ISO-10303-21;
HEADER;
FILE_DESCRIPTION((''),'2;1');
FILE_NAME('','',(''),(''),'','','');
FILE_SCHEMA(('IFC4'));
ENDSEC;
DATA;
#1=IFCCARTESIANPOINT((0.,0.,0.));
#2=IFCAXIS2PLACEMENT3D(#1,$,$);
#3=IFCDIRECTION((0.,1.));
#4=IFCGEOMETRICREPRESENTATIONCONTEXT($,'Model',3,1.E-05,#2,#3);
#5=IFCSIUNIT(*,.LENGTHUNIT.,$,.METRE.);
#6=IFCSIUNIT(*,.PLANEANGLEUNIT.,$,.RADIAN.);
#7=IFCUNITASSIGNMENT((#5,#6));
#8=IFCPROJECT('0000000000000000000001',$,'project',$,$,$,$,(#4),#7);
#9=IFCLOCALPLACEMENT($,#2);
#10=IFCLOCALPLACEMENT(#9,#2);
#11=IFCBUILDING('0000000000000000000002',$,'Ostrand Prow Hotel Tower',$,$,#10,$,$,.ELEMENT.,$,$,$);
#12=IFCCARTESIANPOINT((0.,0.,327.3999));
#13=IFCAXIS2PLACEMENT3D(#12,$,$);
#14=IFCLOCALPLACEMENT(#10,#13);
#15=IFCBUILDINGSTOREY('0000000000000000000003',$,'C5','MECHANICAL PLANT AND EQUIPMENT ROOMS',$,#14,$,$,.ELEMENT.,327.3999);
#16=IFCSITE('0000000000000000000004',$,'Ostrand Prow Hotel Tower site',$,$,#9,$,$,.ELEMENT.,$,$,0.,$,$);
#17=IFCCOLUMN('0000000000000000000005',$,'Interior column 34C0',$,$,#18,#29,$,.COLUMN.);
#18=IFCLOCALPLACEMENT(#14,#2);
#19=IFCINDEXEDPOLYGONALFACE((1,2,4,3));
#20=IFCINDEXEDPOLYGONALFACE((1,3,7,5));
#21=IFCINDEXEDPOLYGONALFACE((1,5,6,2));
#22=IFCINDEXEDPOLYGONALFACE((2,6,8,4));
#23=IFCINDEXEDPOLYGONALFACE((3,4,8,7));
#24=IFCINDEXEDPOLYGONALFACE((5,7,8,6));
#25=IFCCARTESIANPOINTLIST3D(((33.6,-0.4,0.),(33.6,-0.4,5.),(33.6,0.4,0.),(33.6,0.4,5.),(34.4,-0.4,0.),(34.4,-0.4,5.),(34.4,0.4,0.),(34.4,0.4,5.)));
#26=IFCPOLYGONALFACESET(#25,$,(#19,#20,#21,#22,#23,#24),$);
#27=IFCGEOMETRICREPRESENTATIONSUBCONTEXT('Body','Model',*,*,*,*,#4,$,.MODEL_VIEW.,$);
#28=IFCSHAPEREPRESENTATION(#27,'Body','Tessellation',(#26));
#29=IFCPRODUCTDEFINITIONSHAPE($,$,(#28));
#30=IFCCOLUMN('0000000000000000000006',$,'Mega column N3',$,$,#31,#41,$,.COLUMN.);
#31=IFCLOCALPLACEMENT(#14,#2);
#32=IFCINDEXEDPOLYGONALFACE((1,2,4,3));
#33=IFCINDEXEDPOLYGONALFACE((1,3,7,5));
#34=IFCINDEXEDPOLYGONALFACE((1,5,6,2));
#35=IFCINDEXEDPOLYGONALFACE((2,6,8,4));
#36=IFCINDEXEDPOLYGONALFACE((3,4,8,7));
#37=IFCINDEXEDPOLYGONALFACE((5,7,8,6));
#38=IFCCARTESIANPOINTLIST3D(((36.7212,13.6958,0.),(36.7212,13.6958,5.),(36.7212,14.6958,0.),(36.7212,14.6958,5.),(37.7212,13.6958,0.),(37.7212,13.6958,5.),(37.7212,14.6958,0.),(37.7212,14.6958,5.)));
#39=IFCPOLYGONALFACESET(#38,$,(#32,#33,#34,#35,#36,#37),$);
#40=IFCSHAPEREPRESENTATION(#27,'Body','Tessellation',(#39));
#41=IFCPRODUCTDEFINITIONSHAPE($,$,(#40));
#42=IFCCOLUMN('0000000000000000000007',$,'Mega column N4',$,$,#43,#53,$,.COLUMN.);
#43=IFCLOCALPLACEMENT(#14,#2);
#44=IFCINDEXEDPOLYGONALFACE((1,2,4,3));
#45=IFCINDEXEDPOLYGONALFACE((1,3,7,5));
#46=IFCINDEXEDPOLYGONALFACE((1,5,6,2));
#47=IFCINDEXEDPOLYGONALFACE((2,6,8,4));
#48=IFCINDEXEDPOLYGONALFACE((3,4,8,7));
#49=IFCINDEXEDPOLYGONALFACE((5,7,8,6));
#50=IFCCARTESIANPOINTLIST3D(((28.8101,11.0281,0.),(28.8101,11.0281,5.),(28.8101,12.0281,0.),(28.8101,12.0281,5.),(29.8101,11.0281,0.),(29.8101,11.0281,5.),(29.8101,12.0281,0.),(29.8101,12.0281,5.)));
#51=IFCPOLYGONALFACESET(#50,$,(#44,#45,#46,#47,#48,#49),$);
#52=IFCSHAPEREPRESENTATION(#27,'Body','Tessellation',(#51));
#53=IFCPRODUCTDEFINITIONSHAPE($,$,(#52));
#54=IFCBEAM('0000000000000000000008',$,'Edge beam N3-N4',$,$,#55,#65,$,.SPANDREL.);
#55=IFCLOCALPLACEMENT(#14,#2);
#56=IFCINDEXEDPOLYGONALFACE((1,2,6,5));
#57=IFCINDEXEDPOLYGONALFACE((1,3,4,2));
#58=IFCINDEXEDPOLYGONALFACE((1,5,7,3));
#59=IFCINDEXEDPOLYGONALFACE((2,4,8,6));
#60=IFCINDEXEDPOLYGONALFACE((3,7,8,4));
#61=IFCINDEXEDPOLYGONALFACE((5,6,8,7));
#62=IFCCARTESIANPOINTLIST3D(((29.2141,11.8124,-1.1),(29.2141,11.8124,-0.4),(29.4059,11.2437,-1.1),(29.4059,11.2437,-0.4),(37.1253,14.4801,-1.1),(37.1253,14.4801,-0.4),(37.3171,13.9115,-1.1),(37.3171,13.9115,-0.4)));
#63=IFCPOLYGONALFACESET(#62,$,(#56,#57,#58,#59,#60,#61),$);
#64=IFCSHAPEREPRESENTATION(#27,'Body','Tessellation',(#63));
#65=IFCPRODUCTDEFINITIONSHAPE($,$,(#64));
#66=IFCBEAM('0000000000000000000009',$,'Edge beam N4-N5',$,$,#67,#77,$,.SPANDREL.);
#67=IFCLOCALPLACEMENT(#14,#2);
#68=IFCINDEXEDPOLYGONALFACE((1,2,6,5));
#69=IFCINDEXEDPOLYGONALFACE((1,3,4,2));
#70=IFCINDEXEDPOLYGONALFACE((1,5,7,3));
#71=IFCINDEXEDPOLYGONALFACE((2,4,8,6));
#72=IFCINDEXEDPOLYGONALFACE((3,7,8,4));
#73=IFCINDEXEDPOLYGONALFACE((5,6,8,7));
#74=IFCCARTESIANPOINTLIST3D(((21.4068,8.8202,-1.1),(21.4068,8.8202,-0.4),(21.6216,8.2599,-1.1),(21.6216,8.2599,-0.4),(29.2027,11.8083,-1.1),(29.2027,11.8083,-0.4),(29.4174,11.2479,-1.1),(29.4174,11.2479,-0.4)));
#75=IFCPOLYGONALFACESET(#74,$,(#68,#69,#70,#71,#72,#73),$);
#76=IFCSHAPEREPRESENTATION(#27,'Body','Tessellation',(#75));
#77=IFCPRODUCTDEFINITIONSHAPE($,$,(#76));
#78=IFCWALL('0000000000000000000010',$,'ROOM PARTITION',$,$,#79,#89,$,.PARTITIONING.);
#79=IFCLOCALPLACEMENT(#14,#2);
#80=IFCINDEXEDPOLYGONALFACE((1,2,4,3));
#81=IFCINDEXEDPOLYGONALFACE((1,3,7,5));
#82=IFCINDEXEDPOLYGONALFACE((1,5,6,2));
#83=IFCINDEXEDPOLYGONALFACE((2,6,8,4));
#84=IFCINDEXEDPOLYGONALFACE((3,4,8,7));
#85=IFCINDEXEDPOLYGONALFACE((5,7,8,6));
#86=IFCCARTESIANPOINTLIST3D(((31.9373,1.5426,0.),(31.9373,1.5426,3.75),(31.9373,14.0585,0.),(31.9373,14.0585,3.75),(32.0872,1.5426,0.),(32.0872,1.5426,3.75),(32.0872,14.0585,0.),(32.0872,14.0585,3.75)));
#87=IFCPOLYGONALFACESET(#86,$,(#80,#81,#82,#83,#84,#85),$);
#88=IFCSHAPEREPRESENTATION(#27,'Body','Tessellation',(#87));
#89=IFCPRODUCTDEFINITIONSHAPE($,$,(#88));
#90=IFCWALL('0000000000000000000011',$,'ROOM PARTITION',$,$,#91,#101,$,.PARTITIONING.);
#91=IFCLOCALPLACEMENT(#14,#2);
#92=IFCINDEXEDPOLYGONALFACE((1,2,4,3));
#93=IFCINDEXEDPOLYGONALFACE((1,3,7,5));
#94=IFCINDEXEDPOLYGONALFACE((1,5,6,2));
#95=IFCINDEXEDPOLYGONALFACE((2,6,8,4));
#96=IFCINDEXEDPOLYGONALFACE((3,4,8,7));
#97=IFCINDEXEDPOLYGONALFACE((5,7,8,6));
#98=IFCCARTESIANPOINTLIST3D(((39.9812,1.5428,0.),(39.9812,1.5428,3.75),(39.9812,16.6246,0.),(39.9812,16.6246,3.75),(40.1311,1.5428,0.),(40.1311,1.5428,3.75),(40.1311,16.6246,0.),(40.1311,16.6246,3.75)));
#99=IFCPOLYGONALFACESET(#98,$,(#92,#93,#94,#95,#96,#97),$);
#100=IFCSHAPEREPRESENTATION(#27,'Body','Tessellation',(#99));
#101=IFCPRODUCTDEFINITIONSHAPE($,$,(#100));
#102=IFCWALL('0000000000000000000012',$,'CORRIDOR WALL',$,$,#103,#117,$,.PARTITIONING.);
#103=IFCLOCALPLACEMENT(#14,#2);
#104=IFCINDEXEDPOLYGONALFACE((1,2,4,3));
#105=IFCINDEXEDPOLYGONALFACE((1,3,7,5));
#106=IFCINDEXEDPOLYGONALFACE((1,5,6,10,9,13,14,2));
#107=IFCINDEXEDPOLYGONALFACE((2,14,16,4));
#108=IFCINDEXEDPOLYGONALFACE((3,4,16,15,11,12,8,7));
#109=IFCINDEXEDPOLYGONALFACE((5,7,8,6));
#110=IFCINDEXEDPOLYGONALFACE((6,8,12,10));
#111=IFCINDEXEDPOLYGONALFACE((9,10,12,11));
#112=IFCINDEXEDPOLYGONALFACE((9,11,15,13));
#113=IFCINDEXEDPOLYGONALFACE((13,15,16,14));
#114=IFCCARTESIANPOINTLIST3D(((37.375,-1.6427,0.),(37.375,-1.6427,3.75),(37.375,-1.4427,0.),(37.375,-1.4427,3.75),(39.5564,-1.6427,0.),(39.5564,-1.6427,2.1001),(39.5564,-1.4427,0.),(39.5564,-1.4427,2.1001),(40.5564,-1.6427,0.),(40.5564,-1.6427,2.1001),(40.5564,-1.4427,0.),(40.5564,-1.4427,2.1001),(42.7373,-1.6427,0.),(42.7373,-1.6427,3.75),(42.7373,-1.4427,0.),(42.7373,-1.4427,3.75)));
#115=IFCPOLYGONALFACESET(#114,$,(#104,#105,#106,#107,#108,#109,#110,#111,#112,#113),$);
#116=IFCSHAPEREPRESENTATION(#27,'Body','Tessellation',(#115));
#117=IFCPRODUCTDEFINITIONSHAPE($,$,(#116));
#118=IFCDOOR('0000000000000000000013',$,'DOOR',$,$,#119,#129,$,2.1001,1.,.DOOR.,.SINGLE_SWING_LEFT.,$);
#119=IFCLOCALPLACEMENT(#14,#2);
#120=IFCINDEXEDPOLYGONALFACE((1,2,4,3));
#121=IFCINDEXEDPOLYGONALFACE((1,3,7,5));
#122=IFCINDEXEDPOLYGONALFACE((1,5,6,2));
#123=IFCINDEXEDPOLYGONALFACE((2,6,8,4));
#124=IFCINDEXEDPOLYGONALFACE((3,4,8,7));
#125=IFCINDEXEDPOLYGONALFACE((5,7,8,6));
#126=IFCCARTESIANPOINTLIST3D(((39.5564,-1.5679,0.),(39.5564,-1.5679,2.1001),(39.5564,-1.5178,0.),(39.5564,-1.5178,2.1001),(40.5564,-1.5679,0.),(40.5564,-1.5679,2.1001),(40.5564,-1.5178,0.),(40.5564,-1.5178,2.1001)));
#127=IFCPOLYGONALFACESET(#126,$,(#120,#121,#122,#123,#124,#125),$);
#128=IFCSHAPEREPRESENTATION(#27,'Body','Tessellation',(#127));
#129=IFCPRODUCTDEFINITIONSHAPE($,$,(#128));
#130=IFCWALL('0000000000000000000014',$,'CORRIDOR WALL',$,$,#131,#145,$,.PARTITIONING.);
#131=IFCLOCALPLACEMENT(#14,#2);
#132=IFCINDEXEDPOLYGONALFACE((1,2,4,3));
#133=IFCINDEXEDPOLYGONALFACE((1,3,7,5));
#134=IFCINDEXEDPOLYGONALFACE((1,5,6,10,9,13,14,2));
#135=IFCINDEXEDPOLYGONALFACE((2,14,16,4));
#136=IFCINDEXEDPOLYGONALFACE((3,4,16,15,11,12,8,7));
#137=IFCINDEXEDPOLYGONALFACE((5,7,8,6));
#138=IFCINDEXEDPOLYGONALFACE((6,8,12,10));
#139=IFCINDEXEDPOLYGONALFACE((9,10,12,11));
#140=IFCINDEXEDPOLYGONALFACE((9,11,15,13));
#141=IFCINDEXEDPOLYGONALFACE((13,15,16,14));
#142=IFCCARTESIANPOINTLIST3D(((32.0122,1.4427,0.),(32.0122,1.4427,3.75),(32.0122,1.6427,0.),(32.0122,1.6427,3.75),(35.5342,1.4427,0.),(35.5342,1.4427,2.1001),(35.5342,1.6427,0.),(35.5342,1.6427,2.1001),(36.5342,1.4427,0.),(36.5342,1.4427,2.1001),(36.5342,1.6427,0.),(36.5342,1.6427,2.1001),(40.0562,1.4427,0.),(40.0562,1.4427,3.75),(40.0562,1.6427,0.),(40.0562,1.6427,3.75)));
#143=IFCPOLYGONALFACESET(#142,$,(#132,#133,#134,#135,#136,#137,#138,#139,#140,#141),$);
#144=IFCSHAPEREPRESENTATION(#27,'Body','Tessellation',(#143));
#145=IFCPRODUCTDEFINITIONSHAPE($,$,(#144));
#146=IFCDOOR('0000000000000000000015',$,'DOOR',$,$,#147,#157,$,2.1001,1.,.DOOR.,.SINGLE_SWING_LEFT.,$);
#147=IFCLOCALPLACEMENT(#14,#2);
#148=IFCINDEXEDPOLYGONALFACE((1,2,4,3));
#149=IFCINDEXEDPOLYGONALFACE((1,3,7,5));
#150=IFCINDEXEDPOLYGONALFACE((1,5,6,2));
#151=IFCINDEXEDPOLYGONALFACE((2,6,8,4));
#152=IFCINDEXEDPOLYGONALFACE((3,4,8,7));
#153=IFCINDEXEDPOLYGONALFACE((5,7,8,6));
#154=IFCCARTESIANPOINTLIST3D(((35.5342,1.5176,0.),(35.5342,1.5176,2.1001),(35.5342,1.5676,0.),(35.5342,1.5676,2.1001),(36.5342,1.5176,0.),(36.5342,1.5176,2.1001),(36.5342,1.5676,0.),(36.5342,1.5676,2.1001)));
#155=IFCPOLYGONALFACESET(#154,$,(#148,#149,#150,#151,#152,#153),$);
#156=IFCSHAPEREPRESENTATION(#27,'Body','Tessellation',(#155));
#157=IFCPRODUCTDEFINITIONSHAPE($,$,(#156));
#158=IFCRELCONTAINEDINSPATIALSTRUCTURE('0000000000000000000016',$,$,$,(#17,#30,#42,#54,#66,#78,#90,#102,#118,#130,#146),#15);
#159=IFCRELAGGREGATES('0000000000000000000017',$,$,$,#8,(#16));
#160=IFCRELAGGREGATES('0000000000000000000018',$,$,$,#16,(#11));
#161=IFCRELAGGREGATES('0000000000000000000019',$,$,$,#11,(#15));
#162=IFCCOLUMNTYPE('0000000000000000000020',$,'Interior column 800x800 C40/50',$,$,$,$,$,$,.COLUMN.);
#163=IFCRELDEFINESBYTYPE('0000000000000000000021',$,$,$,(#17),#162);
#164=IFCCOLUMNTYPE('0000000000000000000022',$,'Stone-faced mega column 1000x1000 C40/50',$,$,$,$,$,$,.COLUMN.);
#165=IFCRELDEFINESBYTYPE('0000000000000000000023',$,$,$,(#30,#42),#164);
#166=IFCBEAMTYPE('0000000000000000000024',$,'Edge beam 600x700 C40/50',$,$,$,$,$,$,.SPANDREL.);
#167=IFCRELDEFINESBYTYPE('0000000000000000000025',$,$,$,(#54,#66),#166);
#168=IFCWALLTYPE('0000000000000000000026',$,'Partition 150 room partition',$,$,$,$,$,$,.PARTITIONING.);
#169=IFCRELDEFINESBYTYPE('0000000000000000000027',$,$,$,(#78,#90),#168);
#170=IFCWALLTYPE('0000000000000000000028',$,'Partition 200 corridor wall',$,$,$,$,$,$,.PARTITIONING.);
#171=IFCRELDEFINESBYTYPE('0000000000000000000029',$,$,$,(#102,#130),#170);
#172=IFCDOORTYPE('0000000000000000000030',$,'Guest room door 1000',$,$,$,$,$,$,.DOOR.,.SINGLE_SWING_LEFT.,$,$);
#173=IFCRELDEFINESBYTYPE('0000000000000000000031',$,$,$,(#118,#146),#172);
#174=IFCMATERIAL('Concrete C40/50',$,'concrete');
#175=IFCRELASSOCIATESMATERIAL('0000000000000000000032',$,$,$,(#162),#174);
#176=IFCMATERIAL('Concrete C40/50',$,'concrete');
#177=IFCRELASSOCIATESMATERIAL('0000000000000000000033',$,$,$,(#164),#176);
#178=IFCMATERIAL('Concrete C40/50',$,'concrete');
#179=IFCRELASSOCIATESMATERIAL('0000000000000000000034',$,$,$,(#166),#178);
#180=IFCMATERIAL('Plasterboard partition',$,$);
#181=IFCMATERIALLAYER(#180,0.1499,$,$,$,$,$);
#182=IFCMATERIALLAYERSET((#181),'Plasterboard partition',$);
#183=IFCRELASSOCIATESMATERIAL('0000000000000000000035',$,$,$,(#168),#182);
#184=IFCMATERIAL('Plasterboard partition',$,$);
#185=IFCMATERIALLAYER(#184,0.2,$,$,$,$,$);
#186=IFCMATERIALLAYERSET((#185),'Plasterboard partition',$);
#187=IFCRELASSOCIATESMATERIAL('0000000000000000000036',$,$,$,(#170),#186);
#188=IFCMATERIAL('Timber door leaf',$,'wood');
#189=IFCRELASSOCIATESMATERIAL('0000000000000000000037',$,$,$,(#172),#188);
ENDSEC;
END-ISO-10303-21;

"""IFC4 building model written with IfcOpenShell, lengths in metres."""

from ifc_helpers import new_model, si_unit, direction, frame, frame_2d, origin, origin_2d, place, context, subcontext, project, spatial, rectangle, extrude, material, layer, layer_set, material_profile, profile_set, type_object, element, fill, save


model = new_model("IFC4")

# Units and contexts
model_context = context("Model", 3, precision=1e-05, world=origin(), true_north=direction((0.0, 1.0)))
body_context = subcontext(model_context, "Body", "Model", "MODEL_VIEW")
ifc_project = project(units=[si_unit("LENGTHUNIT", "METRE"), si_unit("PLANEANGLEUNIT", "RADIAN")], contexts=[model_context])

# Site, building, storey
site_placement = place(None, origin())
site = spatial("IfcSite", under=ifc_project, at=site_placement, Name="Ostrand Prow Hotel Tower site", CompositionType="ELEMENT", RefElevation=0.0)
building_placement = place(site_placement, origin())
building = spatial("IfcBuilding", under=site, at=building_placement, Name="Ostrand Prow Hotel Tower", CompositionType="ELEMENT")
storey_placement = place(building_placement, frame((0.0, 0.0, 327.3999)))
storey = spatial("IfcBuildingStorey", under=building, at=storey_placement, Name="C5", Description="MECHANICAL PLANT AND EQUIPMENT ROOMS", CompositionType="ELEMENT", Elevation=327.3999)

# Columns
ifc_material_1 = material(Name="Concrete C40/50", Category="concrete")
ifc_material_profile_1 = material_profile(ifc_material_1, rectangle(XDim=0.8, YDim=0.8, at=origin_2d()), Name="RC 800x800")
ifc_profile_set_1 = profile_set([ifc_material_profile_1], Name="Concrete C40/50")
column_type_1 = type_object("IfcColumnType", Name="Interior column 800x800 C40/50", PredefinedType="COLUMN", material=ifc_profile_set_1)
column_placement = place(storey_placement, frame((34.0, 0.0, 0.0), z_axis=(0.0, 0.0, 1.0), x_axis=(1.0, 0.0, 0.0)))
element("IfcColumn", 1, at=column_placement, inside=storey, type_object=column_type_1, Name="Interior column 34C0", PredefinedType="COLUMN", context=body_context, shape_type="SweptSolid", body=[
    extrude(rectangle(XDim=0.8, YDim=0.8, at=origin_2d()), origin(), (0.0, 0.0, 1.0), 5.0),
])
ifc_material_2 = material(Name="Concrete C40/50", Category="concrete")
ifc_material_profile_2 = material_profile(ifc_material_2, rectangle(XDim=1.0, YDim=1.0, at=origin_2d()), Name="RC 1000x1000")
ifc_profile_set_2 = profile_set([ifc_material_profile_2], Name="Concrete C40/50")
column_type_2 = type_object("IfcColumnType", Name="Stone-faced mega column 1000x1000 C40/50", PredefinedType="COLUMN", material=ifc_profile_set_2)
for number, where, z_axis, x_axis, name in (
    (2, (37.2212, 14.1958, 0.0), (0.0, 0.0, 1.0), (1.0, 0.0, 0.0), "Mega column N3"),
    (3, (29.3101, 11.5281, 0.0), (0.0, 0.0, 1.0), (1.0, 0.0, 0.0), "Mega column N4"),
):
    element("IfcColumn", number, at=place(storey_placement, frame(where, z_axis=z_axis, x_axis=x_axis)), inside=storey, type_object=column_type_2, Name=name, PredefinedType="COLUMN", context=body_context, shape_type="SweptSolid", body=[
        extrude(rectangle(XDim=1.0, YDim=1.0, at=origin_2d()), origin(), (0.0, 0.0, 1.0), 5.0),
    ])

# Beams
ifc_material_3 = material(Name="Concrete C40/50", Category="concrete")
ifc_material_profile_3 = material_profile(ifc_material_3, rectangle(XDim=0.6001, YDim=0.7, at=origin_2d()), Name="RC 600x700")
ifc_profile_set_3 = profile_set([ifc_material_profile_3], Name="Concrete C40/50")
beam_type = type_object("IfcBeamType", Name="Edge beam 600x700 C40/50", PredefinedType="SPANDREL", material=ifc_profile_set_3)
for number, where, z_axis, x_axis, name in (
    (4, (37.2212, 14.1958, -0.75), (-0.947575, -0.319533, 0.0), (0.319533, -0.947575, 0.0), "Edge beam N3-N4"),
    (5, (29.3101, 11.5281, -0.75), (-0.933762, -0.357895, 0.0), (0.357895, -0.933762, 0.0), "Edge beam N4-N5"),
):
    element("IfcBeam", number, at=place(storey_placement, frame(where, z_axis=z_axis, x_axis=x_axis)), inside=storey, type_object=beam_type, Name=name, PredefinedType="SPANDREL", context=body_context, shape_type="SweptSolid", body=[
        extrude(rectangle(XDim=0.6001, YDim=0.7, at=origin_2d()), origin(), (0.0, 0.0, 1.0), 8.3489),
    ])

# Walls
ifc_material_4 = material(Name="Plasterboard partition")
ifc_layer_1 = layer(ifc_material_4, 0.1499)
ifc_layer_set_1 = layer_set([ifc_layer_1], Name="Plasterboard partition")
wall_type_1 = type_object("IfcWallType", Name="Partition 150 room partition", PredefinedType="PARTITIONING", material=ifc_layer_set_1)
wall_1_placement = place(storey_placement, frame((32.0122, 1.5427, 0.0), z_axis=(0.0, 0.0, 1.0), x_axis=(0.0, 1.0, 0.0)))
element("IfcWall", 6, at=wall_1_placement, inside=storey, type_object=wall_type_1, Name="ROOM PARTITION", PredefinedType="PARTITIONING", context=body_context, shape_type="SweptSolid", body=[
    extrude(rectangle(XDim=12.5159, YDim=0.1499, at=frame_2d((6.2578, 0.0))), origin(), (0.0, 0.0, 1.0), 3.75),
])
wall_2_placement = place(storey_placement, frame((40.0562, 1.5427, 0.0), z_axis=(0.0, 0.0, 1.0), x_axis=(0.0, 1.0, 0.0)))
element("IfcWall", 7, at=wall_2_placement, inside=storey, type_object=wall_type_1, Name="ROOM PARTITION", PredefinedType="PARTITIONING", context=body_context, shape_type="SweptSolid", body=[
    extrude(rectangle(XDim=15.0818, YDim=0.1499, at=frame_2d((7.541, 0.0))), origin(), (0.0, 0.0, 1.0), 3.75),
])

# Walls, openings, doors
ifc_material_5 = material(Name="Plasterboard partition")
ifc_layer_2 = layer(ifc_material_5, 0.2)
ifc_layer_set_2 = layer_set([ifc_layer_2], Name="Plasterboard partition")
wall_type_2 = type_object("IfcWallType", Name="Partition 200 corridor wall", PredefinedType="PARTITIONING", material=ifc_layer_set_2)
wall_3_placement = place(storey_placement, frame((37.375, -1.5427, 0.0), z_axis=(0.0, 0.0, 1.0), x_axis=(1.0, 0.0, 0.0)))
wall_3 = element("IfcWall", 8, at=wall_3_placement, inside=storey, type_object=wall_type_2, Name="CORRIDOR WALL", PredefinedType="PARTITIONING", context=body_context, shape_type="SweptSolid", body=[
    extrude(rectangle(XDim=5.3623, YDim=0.2, at=frame_2d((2.6812, 0.0))), origin(), (0.0, 0.0, 1.0), 3.75),
])
opening_1_placement = place(wall_3_placement, frame((2.1814, 0.0, 0.0)))
opening_1 = element("IfcOpeningElement", 9, at=opening_1_placement, cuts=wall_3, PredefinedType="OPENING", context=body_context, shape_type="SweptSolid", body=[
    extrude(rectangle(XDim=1.0, YDim=2.1001, at=frame_2d((0.5, 1.05))), frame((0.0, 0.1099, 0.0), z_axis=(0.0, -1.0, 0.0), x_axis=(1.0, 0.0, 0.0)), (0.0, 0.0, 1.0), 0.22),
])
ifc_material_6 = material(Name="Timber door leaf", Category="wood")
door_type = type_object("IfcDoorType", Name="Guest room door 1000", OperationType="SINGLE_SWING_LEFT", PredefinedType="DOOR", material=ifc_material_6)
door_1_placement = place(opening_1_placement, origin())
door_1 = element("IfcDoor", 10, at=door_1_placement, inside=storey, type_object=door_type, Name="DOOR", OperationType="SINGLE_SWING_LEFT", OverallHeight=2.1001, OverallWidth=1.0, PredefinedType="DOOR", context=body_context, shape_type="SweptSolid", body=[
    extrude(rectangle(XDim=1.0, YDim=2.1001, at=frame_2d((0.5, 1.05))), frame((0.0, 0.0249, 0.0), z_axis=(0.0, -1.0, 0.0), x_axis=(1.0, 0.0, 0.0)), (0.0, 0.0, 1.0), 0.05),
])
fill(opening_1, door_1)
wall_4_placement = place(storey_placement, frame((32.0122, 1.5427, 0.0), z_axis=(0.0, 0.0, 1.0), x_axis=(1.0, 0.0, 0.0)))
wall_4 = element("IfcWall", 11, at=wall_4_placement, inside=storey, type_object=wall_type_2, Name="CORRIDOR WALL", PredefinedType="PARTITIONING", context=body_context, shape_type="SweptSolid", body=[
    extrude(rectangle(XDim=8.0439, YDim=0.2, at=frame_2d((4.022, 0.0))), origin(), (0.0, 0.0, 1.0), 3.75),
])
opening_2_placement = place(wall_4_placement, frame((3.522, 0.0, 0.0)))
opening_2 = element("IfcOpeningElement", 12, at=opening_2_placement, cuts=wall_4, PredefinedType="OPENING", context=body_context, shape_type="SweptSolid", body=[
    extrude(rectangle(XDim=1.0, YDim=2.1001, at=frame_2d((0.5, 1.05))), frame((0.0, 0.1099, 0.0), z_axis=(0.0, -1.0, 0.0), x_axis=(1.0, 0.0, 0.0)), (0.0, 0.0, 1.0), 0.22),
])
door_2_placement = place(opening_2_placement, origin())
door_2 = element("IfcDoor", 13, at=door_2_placement, inside=storey, type_object=door_type, Name="DOOR", OperationType="SINGLE_SWING_LEFT", OverallHeight=2.1001, OverallWidth=1.0, PredefinedType="DOOR", context=body_context, shape_type="SweptSolid", body=[
    extrude(rectangle(XDim=1.0, YDim=2.1001, at=frame_2d((0.5, 1.05))), frame((0.0, 0.0249, 0.0), z_axis=(0.0, -1.0, 0.0), x_axis=(1.0, 0.0, 0.0)), (0.0, 0.0, 1.0), 0.05),
])
fill(opening_2, door_2)

save(model, "model.ifc")
